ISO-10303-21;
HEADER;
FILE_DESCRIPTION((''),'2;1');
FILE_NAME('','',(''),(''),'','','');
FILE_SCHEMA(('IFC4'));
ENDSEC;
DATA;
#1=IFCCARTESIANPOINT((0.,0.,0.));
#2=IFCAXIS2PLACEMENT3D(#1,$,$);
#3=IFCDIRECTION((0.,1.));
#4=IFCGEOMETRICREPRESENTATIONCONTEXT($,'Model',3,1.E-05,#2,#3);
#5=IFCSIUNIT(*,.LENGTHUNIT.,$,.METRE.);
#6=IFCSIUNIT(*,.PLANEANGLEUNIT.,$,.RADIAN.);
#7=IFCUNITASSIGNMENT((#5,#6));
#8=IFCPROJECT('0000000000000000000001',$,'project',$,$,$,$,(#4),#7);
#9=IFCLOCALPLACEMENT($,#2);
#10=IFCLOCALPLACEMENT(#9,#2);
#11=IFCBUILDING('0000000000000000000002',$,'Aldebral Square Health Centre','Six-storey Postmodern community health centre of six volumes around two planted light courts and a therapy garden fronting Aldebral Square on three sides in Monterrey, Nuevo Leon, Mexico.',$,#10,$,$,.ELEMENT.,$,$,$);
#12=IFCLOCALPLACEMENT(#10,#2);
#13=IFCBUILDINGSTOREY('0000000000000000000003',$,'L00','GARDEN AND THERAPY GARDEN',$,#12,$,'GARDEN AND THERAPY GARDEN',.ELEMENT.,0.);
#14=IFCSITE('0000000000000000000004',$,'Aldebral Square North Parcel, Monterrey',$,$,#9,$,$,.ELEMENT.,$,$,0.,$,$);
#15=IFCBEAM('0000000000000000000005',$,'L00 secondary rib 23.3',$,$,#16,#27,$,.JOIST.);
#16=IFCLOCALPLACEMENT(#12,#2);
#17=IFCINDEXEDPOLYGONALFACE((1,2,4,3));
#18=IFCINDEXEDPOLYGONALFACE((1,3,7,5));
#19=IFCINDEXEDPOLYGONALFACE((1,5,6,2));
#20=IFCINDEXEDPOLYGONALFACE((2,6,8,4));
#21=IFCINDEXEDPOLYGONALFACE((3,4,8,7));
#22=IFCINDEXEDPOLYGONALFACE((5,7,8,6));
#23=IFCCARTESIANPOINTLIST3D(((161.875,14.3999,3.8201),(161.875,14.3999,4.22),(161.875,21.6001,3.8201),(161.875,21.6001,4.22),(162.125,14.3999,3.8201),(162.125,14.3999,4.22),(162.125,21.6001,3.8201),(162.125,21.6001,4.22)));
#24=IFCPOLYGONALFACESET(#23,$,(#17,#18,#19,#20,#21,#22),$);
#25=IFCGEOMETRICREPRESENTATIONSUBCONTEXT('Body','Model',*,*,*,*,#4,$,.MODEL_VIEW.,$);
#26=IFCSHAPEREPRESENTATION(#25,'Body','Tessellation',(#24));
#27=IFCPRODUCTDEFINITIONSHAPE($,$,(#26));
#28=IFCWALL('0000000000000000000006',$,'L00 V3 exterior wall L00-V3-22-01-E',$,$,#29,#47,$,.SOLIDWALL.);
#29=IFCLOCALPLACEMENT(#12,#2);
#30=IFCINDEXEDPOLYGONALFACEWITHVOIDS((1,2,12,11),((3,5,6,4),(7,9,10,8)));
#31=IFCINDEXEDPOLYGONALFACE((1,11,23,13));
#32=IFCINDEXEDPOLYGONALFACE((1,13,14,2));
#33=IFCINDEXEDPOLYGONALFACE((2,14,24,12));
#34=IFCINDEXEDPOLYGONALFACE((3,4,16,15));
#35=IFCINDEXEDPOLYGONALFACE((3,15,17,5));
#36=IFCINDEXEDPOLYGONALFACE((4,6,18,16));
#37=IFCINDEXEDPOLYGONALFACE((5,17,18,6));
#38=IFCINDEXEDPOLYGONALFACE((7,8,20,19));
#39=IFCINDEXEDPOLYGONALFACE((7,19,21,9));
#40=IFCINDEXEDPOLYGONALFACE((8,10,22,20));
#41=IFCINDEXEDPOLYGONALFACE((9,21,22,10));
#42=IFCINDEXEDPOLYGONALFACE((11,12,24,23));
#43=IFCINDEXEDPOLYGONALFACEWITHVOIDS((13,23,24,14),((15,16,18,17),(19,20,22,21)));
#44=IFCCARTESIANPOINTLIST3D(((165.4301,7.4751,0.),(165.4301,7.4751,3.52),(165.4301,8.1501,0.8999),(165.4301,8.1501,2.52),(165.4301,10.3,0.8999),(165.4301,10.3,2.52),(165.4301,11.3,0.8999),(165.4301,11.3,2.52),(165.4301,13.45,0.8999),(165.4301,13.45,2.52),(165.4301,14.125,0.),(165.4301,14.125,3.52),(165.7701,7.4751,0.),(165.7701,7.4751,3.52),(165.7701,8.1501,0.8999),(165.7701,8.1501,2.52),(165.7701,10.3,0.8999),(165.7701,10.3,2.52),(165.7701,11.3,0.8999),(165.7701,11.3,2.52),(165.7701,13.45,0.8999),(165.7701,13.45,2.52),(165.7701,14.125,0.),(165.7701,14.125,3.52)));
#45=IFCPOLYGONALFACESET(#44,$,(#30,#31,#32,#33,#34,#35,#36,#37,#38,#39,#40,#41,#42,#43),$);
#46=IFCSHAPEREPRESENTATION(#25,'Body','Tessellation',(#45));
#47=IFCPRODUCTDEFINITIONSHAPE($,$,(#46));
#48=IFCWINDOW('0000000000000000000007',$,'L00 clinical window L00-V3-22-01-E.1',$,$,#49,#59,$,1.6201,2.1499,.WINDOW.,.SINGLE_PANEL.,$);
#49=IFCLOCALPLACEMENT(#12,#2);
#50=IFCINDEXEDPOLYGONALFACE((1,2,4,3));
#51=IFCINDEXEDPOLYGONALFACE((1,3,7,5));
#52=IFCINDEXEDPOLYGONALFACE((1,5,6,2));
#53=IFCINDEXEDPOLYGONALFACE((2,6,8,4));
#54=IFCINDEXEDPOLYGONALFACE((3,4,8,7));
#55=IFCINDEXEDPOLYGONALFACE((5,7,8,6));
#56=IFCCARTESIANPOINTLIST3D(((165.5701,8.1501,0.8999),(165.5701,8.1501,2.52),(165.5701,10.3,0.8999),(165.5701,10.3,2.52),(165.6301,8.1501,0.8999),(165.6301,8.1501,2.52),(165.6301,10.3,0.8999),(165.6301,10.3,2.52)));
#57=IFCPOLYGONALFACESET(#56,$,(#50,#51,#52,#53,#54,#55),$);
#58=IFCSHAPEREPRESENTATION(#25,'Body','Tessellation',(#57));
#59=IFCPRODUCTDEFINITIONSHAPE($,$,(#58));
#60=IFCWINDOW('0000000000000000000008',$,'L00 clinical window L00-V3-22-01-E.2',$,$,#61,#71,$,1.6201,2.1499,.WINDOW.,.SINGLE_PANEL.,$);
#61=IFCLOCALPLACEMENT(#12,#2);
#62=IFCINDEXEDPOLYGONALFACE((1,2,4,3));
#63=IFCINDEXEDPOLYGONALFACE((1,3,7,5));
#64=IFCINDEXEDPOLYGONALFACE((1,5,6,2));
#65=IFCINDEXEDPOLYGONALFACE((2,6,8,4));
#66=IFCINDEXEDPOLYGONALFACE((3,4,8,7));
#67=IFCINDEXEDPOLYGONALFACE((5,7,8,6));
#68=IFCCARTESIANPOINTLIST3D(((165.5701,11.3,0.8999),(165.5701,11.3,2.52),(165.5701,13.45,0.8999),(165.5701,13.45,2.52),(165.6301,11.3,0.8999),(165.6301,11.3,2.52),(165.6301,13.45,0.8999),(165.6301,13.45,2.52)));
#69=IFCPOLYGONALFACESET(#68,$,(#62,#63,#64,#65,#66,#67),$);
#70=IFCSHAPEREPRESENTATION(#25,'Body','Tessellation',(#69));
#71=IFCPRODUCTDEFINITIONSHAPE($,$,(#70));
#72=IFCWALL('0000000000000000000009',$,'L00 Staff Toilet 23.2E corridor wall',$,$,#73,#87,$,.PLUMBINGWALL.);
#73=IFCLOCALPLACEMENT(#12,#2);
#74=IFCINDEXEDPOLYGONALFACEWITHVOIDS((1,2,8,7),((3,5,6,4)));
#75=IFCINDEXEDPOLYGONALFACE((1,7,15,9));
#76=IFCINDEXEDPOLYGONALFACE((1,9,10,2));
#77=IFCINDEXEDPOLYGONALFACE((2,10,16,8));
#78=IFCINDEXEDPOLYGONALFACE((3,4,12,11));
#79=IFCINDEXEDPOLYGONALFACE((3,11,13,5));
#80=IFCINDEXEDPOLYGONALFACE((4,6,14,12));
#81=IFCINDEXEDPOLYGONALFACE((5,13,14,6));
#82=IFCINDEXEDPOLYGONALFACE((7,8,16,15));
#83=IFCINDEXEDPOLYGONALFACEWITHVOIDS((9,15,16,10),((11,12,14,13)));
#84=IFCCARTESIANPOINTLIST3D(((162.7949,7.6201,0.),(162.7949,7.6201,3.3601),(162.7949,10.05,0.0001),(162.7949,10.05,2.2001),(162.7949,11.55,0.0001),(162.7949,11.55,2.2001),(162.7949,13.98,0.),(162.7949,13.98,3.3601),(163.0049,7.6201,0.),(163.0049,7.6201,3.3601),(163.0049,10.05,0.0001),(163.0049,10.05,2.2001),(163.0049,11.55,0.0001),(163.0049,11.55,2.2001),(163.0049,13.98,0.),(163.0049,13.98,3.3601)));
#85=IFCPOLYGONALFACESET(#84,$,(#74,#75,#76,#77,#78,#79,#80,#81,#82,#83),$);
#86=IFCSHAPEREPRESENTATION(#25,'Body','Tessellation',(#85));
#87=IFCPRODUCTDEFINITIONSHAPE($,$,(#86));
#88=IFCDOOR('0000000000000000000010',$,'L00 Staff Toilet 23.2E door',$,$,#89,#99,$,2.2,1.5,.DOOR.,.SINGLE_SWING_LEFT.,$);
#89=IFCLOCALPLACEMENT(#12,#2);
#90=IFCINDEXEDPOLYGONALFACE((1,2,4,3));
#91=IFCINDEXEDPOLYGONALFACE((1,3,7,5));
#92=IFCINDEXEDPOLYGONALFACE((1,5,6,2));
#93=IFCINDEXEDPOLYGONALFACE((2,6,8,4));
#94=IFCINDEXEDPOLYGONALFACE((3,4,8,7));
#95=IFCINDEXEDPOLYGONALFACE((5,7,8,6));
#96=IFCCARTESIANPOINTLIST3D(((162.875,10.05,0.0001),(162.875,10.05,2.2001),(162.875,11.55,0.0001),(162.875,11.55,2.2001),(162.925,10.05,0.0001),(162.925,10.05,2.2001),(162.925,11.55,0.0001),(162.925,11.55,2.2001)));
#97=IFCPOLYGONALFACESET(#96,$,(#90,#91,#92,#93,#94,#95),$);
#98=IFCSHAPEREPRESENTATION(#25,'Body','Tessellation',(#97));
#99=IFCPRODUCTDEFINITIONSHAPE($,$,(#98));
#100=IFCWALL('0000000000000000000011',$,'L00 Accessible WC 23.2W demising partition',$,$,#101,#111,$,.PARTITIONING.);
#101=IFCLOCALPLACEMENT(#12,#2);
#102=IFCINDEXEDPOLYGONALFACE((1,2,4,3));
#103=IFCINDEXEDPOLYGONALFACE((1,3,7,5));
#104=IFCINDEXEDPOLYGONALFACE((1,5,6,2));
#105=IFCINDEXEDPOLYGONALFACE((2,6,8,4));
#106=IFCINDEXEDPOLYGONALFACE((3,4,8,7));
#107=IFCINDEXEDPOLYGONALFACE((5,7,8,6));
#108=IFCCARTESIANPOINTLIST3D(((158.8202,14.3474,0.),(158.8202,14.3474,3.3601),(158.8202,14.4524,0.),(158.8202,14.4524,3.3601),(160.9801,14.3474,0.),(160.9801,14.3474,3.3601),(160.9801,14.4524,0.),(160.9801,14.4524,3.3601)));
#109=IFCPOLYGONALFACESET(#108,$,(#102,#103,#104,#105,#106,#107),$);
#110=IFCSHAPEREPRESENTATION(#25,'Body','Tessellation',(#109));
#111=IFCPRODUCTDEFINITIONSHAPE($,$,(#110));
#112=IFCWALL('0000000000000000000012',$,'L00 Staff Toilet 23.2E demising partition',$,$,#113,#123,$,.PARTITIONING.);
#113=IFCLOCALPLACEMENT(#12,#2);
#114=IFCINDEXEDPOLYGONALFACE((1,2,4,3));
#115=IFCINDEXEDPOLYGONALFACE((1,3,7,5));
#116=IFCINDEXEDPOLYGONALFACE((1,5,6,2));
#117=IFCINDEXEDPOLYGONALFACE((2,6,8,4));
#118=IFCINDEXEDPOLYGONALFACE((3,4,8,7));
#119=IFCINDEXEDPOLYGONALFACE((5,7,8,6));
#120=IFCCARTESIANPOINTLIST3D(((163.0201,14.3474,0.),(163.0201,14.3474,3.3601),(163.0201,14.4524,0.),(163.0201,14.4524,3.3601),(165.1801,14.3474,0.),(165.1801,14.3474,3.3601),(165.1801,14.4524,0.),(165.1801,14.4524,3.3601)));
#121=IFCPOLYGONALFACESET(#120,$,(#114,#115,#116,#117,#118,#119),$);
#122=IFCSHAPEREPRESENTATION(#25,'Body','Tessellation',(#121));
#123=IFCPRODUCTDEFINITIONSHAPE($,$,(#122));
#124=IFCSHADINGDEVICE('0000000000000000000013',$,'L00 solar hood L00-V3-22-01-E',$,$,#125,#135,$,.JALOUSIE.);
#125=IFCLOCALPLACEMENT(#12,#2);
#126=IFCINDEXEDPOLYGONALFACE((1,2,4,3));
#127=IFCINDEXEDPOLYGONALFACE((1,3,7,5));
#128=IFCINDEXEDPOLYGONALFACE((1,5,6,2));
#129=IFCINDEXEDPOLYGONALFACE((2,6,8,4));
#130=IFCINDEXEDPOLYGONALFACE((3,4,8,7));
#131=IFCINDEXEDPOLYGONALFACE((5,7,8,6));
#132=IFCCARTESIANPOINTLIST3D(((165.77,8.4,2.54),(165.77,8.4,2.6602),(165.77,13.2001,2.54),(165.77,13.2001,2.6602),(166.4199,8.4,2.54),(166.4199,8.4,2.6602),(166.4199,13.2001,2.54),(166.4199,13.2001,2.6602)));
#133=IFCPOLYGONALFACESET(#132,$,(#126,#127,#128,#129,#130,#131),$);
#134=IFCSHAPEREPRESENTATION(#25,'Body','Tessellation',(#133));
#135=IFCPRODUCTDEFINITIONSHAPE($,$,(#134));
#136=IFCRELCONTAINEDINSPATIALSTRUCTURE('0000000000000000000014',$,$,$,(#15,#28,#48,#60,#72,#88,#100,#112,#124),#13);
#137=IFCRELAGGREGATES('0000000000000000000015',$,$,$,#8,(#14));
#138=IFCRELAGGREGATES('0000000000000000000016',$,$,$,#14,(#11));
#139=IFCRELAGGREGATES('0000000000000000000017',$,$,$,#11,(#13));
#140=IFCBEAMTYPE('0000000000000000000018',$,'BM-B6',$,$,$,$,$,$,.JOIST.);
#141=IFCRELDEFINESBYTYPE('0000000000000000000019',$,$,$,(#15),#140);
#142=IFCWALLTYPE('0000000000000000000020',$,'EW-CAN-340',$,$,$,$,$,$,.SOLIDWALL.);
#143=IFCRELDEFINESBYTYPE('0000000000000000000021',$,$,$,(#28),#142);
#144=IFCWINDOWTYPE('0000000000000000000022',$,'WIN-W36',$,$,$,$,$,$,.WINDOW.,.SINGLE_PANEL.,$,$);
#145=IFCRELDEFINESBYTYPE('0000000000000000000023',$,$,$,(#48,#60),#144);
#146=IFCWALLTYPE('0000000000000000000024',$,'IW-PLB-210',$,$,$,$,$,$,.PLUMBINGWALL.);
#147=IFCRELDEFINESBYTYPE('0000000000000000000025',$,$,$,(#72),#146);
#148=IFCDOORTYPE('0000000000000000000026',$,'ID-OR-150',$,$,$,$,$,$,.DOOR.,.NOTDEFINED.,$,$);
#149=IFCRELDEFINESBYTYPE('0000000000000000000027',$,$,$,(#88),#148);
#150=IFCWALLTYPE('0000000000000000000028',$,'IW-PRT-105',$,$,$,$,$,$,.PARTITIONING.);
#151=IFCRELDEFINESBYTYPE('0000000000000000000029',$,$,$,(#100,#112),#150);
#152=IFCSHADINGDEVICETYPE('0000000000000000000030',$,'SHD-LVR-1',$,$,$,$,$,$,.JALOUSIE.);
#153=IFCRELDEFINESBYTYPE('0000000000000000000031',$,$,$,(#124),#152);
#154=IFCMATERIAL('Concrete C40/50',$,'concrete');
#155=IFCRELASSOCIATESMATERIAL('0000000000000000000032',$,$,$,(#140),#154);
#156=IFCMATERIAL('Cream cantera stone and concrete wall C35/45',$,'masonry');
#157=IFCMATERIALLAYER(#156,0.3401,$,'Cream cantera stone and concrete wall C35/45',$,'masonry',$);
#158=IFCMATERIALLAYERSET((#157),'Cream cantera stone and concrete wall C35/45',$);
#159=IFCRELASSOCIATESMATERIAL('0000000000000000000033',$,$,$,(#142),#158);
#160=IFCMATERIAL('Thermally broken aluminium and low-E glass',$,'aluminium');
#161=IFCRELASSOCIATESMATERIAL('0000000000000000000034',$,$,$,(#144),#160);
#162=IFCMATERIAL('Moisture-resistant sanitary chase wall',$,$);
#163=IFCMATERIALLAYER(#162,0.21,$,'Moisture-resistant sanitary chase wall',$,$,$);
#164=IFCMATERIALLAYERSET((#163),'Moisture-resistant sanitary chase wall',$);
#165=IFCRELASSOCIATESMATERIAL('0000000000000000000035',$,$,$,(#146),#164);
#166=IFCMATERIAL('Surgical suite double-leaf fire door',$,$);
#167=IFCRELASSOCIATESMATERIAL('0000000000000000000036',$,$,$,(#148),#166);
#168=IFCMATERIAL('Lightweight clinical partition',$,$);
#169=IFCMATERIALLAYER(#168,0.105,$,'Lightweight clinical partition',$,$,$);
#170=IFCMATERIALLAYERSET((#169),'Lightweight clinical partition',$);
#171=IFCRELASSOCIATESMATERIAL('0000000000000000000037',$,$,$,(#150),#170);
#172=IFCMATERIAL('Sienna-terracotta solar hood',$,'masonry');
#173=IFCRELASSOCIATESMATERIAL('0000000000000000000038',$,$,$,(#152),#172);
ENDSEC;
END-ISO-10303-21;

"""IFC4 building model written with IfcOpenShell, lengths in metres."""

from ifc_helpers import new_model, si_unit, direction, frame, frame_2d, origin, origin_2d, place, context, subcontext, project, spatial, rectangle, extrude, material, layer, layer_set, material_profile, profile_set, type_object, element, fill, save


model = new_model("IFC4")

# Units and contexts
model_context = context("Model", 3, precision=1e-05, world=origin(), true_north=direction((0.0, 1.0)))
body_context = subcontext(model_context, "Body", "Model", "MODEL_VIEW")
ifc_project = project(units=[si_unit("LENGTHUNIT", "METRE"), si_unit("PLANEANGLEUNIT", "RADIAN")], contexts=[model_context])

# Site, building, storey
site_placement = place(None, origin())
site = spatial("IfcSite", under=ifc_project, at=site_placement, Name="Aldebral Square North Parcel, Monterrey", CompositionType="ELEMENT", RefElevation=0.0)
building_placement = place(site_placement, origin())
building = spatial("IfcBuilding", under=site, at=building_placement, Name="Aldebral Square Health Centre", Description="Six-storey Postmodern community health centre of six volumes around two planted light courts and a therapy garden fronting Aldebral Square on three sides in Monterrey, Nuevo Leon, Mexico.", CompositionType="ELEMENT")
storey_placement = place(building_placement, origin())
storey = spatial("IfcBuildingStorey", under=building, at=storey_placement, Name="L00", Description="GARDEN AND THERAPY GARDEN", LongName="GARDEN AND THERAPY GARDEN", CompositionType="ELEMENT", Elevation=0.0)

# Shared definitions
ifc_material_1 = material(Name="Concrete C40/50", Category="concrete")

# Beam
ifc_material_profile_1 = material_profile(ifc_material_1, rectangle(XDim=0.25, YDim=0.3999, at=origin_2d()), Name="RC 250x400")
ifc_profile_set_1 = profile_set([ifc_material_profile_1], Name="Concrete C40/50")
beam_type_1 = type_object("IfcBeamType", Name="BM-B6", PredefinedType="JOIST", material=ifc_profile_set_1)
beam_1_placement = place(storey_placement, frame((162.0, 14.3999, 4.02), z_axis=(0.0, 1.0, 0.0), x_axis=(-1.0, 0.0, 0.0)))
element("IfcBeam", 1, at=beam_1_placement, inside=storey, type_object=beam_type_1, Name="L00 secondary rib 23.3", PredefinedType="JOIST", context=body_context, shape_type="SweptSolid", body=[
    extrude(rectangle(XDim=0.25, YDim=0.3999, at=origin_2d()), origin(), (0.0, 0.0, 1.0), 7.2002),
])

# Wall, openings, windows
ifc_material_2 = material(Name="Cream cantera stone and concrete wall C35/45", Category="masonry")
ifc_layer_1 = layer(ifc_material_2, 0.3401, Name="Cream cantera stone and concrete wall C35/45", Category="masonry")
ifc_layer_set_1 = layer_set([ifc_layer_1], Name="Cream cantera stone and concrete wall C35/45")
wall_type_1 = type_object("IfcWallType", Name="EW-CAN-340", PredefinedType="SOLIDWALL", material=ifc_layer_set_1)
wall_1_placement = place(storey_placement, frame((165.6001, 7.4751, 0.0), z_axis=(0.0, 0.0, 1.0), x_axis=(0.0, 1.0, 0.0)))
wall_1 = element("IfcWall", 2, at=wall_1_placement, inside=storey, type_object=wall_type_1, Name="L00 V3 exterior wall L00-V3-22-01-E", PredefinedType="SOLIDWALL", context=body_context, shape_type="SweptSolid", body=[
    extrude(rectangle(XDim=6.6499, YDim=0.3401, at=frame_2d((3.325, 0.0))), origin(), (0.0, 0.0, 1.0), 3.52),
])
opening_1_placement = place(wall_1_placement, frame((0.675, 0.0, 0.8999)))
opening_1 = element("IfcOpeningElement", 3, at=opening_1_placement, cuts=wall_1, PredefinedType="OPENING", context=body_context, shape_type="SweptSolid", body=[
    extrude(rectangle(XDim=2.1499, YDim=1.6201, at=frame_2d((1.075, 0.8101))), frame((0.0, 0.1802, 0.0), z_axis=(0.0, -1.0, 0.0), x_axis=(1.0, 0.0, 0.0)), (0.0, 0.0, 1.0), 0.3601),
])
opening_2_placement = place(wall_1_placement, frame((3.825, 0.0, 0.8999)))
opening_2 = element("IfcOpeningElement", 4, at=opening_2_placement, cuts=wall_1, PredefinedType="OPENING", context=body_context, shape_type="SweptSolid", body=[
    extrude(rectangle(XDim=2.1499, YDim=1.6201, at=frame_2d((1.075, 0.8101))), frame((0.0, 0.1802, 0.0), z_axis=(0.0, -1.0, 0.0), x_axis=(1.0, 0.0, 0.0)), (0.0, 0.0, 1.0), 0.3601),
])
ifc_material_3 = material(Name="Thermally broken aluminium and low-E glass", Category="aluminium")
window_type = type_object("IfcWindowType", Name="WIN-W36", PartitioningType="SINGLE_PANEL", PredefinedType="WINDOW", material=ifc_material_3)
window_1_placement = place(opening_1_placement, origin())
window_1 = element("IfcWindow", 5, at=window_1_placement, inside=storey, type_object=window_type, Name="L00 clinical window L00-V3-22-01-E.1", OverallHeight=1.6201, OverallWidth=2.1499, PartitioningType="SINGLE_PANEL", PredefinedType="WINDOW", context=body_context, shape_type="SweptSolid", body=[
    extrude(rectangle(XDim=2.1499, YDim=1.6201, at=frame_2d((1.075, 0.8101))), frame((0.0, 0.03, 0.0), z_axis=(0.0, -1.0, 0.0), x_axis=(1.0, 0.0, 0.0)), (0.0, 0.0, 1.0), 0.0601),
])
fill(opening_1, window_1)
window_2_placement = place(opening_2_placement, origin())
window_2 = element("IfcWindow", 6, at=window_2_placement, inside=storey, type_object=window_type, Name="L00 clinical window L00-V3-22-01-E.2", OverallHeight=1.6201, OverallWidth=2.1499, PartitioningType="SINGLE_PANEL", PredefinedType="WINDOW", context=body_context, shape_type="SweptSolid", body=[
    extrude(rectangle(XDim=2.1499, YDim=1.6201, at=frame_2d((1.075, 0.8101))), frame((0.0, 0.03, 0.0), z_axis=(0.0, -1.0, 0.0), x_axis=(1.0, 0.0, 0.0)), (0.0, 0.0, 1.0), 0.0601),
])
fill(opening_2, window_2)

# Wall, opening, door
ifc_material_4 = material(Name="Moisture-resistant sanitary chase wall")
ifc_layer_2 = layer(ifc_material_4, 0.21, Name="Moisture-resistant sanitary chase wall")
ifc_layer_set_2 = layer_set([ifc_layer_2], Name="Moisture-resistant sanitary chase wall")
wall_type_2 = type_object("IfcWallType", Name="IW-PLB-210", PredefinedType="PLUMBINGWALL", material=ifc_layer_set_2)
wall_2_placement = place(storey_placement, frame((162.8999, 7.6201, 0.0), z_axis=(0.0, 0.0, 1.0), x_axis=(0.0, 1.0, 0.0)))
wall_2 = element("IfcWall", 7, at=wall_2_placement, inside=storey, type_object=wall_type_2, Name="L00 Staff Toilet 23.2E corridor wall", PredefinedType="PLUMBINGWALL", context=body_context, shape_type="SweptSolid", body=[
    extrude(rectangle(XDim=6.3599, YDim=0.21, at=frame_2d((3.1799, 0.0))), origin(), (0.0, 0.0, 1.0), 3.3601),
])
opening_3_placement = place(wall_2_placement, frame((2.4299, 0.0, 0.0)))
opening_3 = element("IfcOpeningElement", 8, at=opening_3_placement, cuts=wall_2, PredefinedType="OPENING", context=body_context, shape_type="SweptSolid", body=[
    extrude(rectangle(XDim=1.5, YDim=2.2, at=frame_2d((0.75, 1.1001))), frame((0.0, 0.115, 0.0), z_axis=(0.0, -1.0, 0.0), x_axis=(1.0, 0.0, 0.0)), (0.0, 0.0, 1.0), 0.23),
])
ifc_material_5 = material(Name="Surgical suite double-leaf fire door")
door_type_1 = type_object("IfcDoorType", Name="ID-OR-150", OperationType="NOTDEFINED", PredefinedType="DOOR", material=ifc_material_5)
door_1_placement = place(opening_3_placement, origin())
door_1 = element("IfcDoor", 9, at=door_1_placement, inside=storey, type_object=door_type_1, Name="L00 Staff Toilet 23.2E door", OperationType="SINGLE_SWING_LEFT", OverallHeight=2.2, OverallWidth=1.5, PredefinedType="DOOR", context=body_context, shape_type="SweptSolid", body=[
    extrude(rectangle(XDim=1.5, YDim=2.2, at=frame_2d((0.75, 1.1001))), frame((0.0, 0.0249, 0.0), z_axis=(0.0, -1.0, 0.0), x_axis=(1.0, 0.0, 0.0)), (0.0, 0.0, 1.0), 0.05),
])
fill(opening_3, door_1)

# Walls
ifc_material_6 = material(Name="Lightweight clinical partition")
ifc_layer_3 = layer(ifc_material_6, 0.105, Name="Lightweight clinical partition")
ifc_layer_set_3 = layer_set([ifc_layer_3], Name="Lightweight clinical partition")
wall_type_3 = type_object("IfcWallType", Name="IW-PRT-105", PredefinedType="PARTITIONING", material=ifc_layer_set_3)
for number, where, z_axis, x_axis, name in (
    (10, (158.8201, 14.3999, 0.0), (0.0, 0.0, 1.0), (1.0, 0.0, 0.0), "L00 Accessible WC 23.2W demising partition"),
    (11, (163.02, 14.3999, 0.0), (0.0, 0.0, 1.0), (1.0, 0.0, 0.0), "L00 Staff Toilet 23.2E demising partition"),
):
    element("IfcWall", number, at=place(storey_placement, frame(where, z_axis=z_axis, x_axis=x_axis)), inside=storey, type_object=wall_type_3, Name=name, PredefinedType="PARTITIONING", context=body_context, shape_type="SweptSolid", body=[
        extrude(rectangle(XDim=2.1599, YDim=0.105, at=frame_2d((1.0801, 0.0))), origin(), (0.0, 0.0, 1.0), 3.3601),
    ])

# Shading device
ifc_material_7 = material(Name="Sienna-terracotta solar hood", Category="masonry")
shading_device_type = type_object("IfcShadingDeviceType", Name="SHD-LVR-1", PredefinedType="JALOUSIE", material=ifc_material_7)
shading_device_placement = place(storey_placement, frame((166.095, 10.8, 2.54), z_axis=(0.0, 0.0, 1.0), x_axis=(0.0, 1.0, 0.0)))
element("IfcShadingDevice", 12, at=shading_device_placement, inside=storey, type_object=shading_device_type, Name="L00 solar hood L00-V3-22-01-E", PredefinedType="JALOUSIE", context=body_context, shape_type="SweptSolid", body=[
    extrude(rectangle(XDim=4.8, YDim=0.6499, at=origin_2d()), origin(), (0.0, 0.0, 1.0), 0.1201),
])

save(model, "model.ifc")
